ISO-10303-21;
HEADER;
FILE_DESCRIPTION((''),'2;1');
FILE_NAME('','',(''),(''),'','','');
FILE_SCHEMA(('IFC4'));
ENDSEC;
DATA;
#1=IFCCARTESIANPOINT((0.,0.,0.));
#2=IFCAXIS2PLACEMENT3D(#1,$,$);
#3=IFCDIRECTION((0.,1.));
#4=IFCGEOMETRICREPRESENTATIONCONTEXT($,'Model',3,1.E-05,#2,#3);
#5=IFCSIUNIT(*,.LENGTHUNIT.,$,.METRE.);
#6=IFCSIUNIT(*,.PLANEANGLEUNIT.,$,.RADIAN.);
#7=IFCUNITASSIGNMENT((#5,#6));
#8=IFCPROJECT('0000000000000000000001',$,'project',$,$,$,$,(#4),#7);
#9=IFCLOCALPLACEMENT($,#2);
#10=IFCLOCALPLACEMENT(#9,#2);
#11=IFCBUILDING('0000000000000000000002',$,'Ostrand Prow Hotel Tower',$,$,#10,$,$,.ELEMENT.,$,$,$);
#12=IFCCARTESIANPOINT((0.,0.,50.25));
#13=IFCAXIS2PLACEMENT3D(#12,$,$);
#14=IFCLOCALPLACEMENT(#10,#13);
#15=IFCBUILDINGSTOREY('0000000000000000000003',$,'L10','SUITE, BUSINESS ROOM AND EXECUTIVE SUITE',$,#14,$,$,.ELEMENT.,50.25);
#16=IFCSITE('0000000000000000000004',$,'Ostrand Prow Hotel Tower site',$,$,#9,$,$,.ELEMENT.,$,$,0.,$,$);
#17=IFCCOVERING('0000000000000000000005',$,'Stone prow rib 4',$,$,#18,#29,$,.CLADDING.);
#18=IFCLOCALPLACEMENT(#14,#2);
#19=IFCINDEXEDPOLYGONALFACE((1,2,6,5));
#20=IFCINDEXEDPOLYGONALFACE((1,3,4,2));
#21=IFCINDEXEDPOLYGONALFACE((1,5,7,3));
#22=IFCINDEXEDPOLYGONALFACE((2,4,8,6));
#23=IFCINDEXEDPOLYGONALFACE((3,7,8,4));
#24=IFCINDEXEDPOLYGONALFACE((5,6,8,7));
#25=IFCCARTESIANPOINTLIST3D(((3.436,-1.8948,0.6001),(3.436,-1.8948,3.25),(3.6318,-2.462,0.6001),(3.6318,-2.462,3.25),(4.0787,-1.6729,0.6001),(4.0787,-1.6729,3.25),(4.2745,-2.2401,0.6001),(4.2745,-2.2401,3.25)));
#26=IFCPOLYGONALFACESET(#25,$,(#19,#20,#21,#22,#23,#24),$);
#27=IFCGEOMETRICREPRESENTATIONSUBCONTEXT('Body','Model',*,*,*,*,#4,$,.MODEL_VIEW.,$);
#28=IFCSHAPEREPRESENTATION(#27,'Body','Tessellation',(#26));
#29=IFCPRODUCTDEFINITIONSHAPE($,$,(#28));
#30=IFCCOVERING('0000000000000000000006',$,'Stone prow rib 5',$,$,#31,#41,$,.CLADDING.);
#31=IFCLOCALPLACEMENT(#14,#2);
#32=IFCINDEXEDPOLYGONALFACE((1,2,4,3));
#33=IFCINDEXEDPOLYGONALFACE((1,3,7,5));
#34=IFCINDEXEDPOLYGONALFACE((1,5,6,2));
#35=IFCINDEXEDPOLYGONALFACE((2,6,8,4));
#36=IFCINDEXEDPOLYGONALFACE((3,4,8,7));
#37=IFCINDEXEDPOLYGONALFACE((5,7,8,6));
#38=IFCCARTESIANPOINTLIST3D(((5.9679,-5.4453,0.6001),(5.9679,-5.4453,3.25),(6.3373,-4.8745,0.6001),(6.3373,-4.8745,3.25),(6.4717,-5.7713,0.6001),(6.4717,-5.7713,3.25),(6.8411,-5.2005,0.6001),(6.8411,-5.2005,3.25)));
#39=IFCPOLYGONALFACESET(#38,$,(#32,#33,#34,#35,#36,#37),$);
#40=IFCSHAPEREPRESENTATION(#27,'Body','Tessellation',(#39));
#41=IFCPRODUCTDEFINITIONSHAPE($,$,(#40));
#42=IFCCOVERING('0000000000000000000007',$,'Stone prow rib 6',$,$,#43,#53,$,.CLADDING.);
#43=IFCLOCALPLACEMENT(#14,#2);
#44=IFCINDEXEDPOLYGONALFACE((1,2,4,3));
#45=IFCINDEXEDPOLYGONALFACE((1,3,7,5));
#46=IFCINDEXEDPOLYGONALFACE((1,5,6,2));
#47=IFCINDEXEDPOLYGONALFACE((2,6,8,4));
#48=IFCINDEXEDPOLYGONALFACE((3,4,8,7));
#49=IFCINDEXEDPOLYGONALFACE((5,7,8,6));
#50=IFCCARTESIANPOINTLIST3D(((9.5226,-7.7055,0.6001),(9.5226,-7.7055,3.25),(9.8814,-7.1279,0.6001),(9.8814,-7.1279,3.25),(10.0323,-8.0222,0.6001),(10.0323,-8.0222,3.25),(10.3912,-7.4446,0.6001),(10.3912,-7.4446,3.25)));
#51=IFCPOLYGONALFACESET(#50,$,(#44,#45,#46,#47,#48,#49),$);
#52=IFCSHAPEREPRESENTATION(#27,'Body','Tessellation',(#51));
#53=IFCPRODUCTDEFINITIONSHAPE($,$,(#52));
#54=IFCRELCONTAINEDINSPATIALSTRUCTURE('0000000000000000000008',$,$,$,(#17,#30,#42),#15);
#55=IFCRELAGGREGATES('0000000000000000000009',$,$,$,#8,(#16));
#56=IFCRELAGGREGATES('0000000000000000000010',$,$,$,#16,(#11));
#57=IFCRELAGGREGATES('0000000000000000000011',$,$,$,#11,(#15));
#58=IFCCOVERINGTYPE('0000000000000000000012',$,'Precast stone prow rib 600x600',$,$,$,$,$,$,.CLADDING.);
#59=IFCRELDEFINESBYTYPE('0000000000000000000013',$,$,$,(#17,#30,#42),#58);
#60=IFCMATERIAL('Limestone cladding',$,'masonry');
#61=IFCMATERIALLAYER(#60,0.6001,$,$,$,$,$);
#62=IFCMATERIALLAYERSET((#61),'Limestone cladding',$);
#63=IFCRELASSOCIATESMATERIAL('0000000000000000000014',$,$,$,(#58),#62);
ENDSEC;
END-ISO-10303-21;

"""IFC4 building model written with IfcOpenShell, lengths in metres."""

from ifc_helpers import new_model, si_unit, direction, frame, frame_2d, origin, place, context, subcontext, project, spatial, rectangle, extrude, material, layer, layer_set, type_object, element, save


model = new_model("IFC4")

# Units and contexts
model_context = context("Model", 3, precision=1e-05, world=origin(), true_north=direction((0.0, 1.0)))
body_context = subcontext(model_context, "Body", "Model", "MODEL_VIEW")
ifc_project = project(units=[si_unit("LENGTHUNIT", "METRE"), si_unit("PLANEANGLEUNIT", "RADIAN")], contexts=[model_context])

# Site, building, storey
site_placement = place(None, origin())
site = spatial("IfcSite", under=ifc_project, at=site_placement, Name="Ostrand Prow Hotel Tower site", CompositionType="ELEMENT", RefElevation=0.0)
building_placement = place(site_placement, origin())
building = spatial("IfcBuilding", under=site, at=building_placement, Name="Ostrand Prow Hotel Tower", CompositionType="ELEMENT")
storey_placement = place(building_placement, frame((0.0, 0.0, 50.25)))
storey = spatial("IfcBuildingStorey", under=building, at=storey_placement, Name="L10", Description="SUITE, BUSINESS ROOM AND EXECUTIVE SUITE", CompositionType="ELEMENT", Elevation=50.25)

# Coverings
ifc_material_1 = material(Name="Limestone cladding", Category="masonry")
ifc_layer_1 = layer(ifc_material_1, 0.6001)
ifc_layer_set_1 = layer_set([ifc_layer_1], Name="Limestone cladding")
covering_type_1 = type_object("IfcCoveringType", Name="Precast stone prow rib 600x600", PredefinedType="CLADDING", material=ifc_layer_set_1)
for number, where, z_axis, x_axis, name in (
    (1, (4.1765, -1.9565, 0.6001), (0.0, 0.0, 1.0), (-0.945255, -0.326334, 0.0), "Stone prow rib 4"),
    (2, (6.5891, -5.0376, 0.6001), (0.0, 0.0, 1.0), (-0.543296, -0.839541, 0.0), "Stone prow rib 5"),
    (3, (10.1362, -7.2864, 0.6001), (0.0, 0.0, 1.0), (-0.527738, -0.849407, 0.0), "Stone prow rib 6"),
):
    element("IfcCovering", number, at=place(storey_placement, frame(where, z_axis=z_axis, x_axis=x_axis)), inside=storey, type_object=covering_type_1, Name=name, PredefinedType="CLADDING", context=body_context, shape_type="SweptSolid", body=[
        extrude(rectangle(XDim=0.6799, YDim=0.6001, at=frame_2d((0.3398, 0.0))), origin(), (0.0, 0.0, 1.0), 2.6499),
    ])

save(model, "model.ifc")
